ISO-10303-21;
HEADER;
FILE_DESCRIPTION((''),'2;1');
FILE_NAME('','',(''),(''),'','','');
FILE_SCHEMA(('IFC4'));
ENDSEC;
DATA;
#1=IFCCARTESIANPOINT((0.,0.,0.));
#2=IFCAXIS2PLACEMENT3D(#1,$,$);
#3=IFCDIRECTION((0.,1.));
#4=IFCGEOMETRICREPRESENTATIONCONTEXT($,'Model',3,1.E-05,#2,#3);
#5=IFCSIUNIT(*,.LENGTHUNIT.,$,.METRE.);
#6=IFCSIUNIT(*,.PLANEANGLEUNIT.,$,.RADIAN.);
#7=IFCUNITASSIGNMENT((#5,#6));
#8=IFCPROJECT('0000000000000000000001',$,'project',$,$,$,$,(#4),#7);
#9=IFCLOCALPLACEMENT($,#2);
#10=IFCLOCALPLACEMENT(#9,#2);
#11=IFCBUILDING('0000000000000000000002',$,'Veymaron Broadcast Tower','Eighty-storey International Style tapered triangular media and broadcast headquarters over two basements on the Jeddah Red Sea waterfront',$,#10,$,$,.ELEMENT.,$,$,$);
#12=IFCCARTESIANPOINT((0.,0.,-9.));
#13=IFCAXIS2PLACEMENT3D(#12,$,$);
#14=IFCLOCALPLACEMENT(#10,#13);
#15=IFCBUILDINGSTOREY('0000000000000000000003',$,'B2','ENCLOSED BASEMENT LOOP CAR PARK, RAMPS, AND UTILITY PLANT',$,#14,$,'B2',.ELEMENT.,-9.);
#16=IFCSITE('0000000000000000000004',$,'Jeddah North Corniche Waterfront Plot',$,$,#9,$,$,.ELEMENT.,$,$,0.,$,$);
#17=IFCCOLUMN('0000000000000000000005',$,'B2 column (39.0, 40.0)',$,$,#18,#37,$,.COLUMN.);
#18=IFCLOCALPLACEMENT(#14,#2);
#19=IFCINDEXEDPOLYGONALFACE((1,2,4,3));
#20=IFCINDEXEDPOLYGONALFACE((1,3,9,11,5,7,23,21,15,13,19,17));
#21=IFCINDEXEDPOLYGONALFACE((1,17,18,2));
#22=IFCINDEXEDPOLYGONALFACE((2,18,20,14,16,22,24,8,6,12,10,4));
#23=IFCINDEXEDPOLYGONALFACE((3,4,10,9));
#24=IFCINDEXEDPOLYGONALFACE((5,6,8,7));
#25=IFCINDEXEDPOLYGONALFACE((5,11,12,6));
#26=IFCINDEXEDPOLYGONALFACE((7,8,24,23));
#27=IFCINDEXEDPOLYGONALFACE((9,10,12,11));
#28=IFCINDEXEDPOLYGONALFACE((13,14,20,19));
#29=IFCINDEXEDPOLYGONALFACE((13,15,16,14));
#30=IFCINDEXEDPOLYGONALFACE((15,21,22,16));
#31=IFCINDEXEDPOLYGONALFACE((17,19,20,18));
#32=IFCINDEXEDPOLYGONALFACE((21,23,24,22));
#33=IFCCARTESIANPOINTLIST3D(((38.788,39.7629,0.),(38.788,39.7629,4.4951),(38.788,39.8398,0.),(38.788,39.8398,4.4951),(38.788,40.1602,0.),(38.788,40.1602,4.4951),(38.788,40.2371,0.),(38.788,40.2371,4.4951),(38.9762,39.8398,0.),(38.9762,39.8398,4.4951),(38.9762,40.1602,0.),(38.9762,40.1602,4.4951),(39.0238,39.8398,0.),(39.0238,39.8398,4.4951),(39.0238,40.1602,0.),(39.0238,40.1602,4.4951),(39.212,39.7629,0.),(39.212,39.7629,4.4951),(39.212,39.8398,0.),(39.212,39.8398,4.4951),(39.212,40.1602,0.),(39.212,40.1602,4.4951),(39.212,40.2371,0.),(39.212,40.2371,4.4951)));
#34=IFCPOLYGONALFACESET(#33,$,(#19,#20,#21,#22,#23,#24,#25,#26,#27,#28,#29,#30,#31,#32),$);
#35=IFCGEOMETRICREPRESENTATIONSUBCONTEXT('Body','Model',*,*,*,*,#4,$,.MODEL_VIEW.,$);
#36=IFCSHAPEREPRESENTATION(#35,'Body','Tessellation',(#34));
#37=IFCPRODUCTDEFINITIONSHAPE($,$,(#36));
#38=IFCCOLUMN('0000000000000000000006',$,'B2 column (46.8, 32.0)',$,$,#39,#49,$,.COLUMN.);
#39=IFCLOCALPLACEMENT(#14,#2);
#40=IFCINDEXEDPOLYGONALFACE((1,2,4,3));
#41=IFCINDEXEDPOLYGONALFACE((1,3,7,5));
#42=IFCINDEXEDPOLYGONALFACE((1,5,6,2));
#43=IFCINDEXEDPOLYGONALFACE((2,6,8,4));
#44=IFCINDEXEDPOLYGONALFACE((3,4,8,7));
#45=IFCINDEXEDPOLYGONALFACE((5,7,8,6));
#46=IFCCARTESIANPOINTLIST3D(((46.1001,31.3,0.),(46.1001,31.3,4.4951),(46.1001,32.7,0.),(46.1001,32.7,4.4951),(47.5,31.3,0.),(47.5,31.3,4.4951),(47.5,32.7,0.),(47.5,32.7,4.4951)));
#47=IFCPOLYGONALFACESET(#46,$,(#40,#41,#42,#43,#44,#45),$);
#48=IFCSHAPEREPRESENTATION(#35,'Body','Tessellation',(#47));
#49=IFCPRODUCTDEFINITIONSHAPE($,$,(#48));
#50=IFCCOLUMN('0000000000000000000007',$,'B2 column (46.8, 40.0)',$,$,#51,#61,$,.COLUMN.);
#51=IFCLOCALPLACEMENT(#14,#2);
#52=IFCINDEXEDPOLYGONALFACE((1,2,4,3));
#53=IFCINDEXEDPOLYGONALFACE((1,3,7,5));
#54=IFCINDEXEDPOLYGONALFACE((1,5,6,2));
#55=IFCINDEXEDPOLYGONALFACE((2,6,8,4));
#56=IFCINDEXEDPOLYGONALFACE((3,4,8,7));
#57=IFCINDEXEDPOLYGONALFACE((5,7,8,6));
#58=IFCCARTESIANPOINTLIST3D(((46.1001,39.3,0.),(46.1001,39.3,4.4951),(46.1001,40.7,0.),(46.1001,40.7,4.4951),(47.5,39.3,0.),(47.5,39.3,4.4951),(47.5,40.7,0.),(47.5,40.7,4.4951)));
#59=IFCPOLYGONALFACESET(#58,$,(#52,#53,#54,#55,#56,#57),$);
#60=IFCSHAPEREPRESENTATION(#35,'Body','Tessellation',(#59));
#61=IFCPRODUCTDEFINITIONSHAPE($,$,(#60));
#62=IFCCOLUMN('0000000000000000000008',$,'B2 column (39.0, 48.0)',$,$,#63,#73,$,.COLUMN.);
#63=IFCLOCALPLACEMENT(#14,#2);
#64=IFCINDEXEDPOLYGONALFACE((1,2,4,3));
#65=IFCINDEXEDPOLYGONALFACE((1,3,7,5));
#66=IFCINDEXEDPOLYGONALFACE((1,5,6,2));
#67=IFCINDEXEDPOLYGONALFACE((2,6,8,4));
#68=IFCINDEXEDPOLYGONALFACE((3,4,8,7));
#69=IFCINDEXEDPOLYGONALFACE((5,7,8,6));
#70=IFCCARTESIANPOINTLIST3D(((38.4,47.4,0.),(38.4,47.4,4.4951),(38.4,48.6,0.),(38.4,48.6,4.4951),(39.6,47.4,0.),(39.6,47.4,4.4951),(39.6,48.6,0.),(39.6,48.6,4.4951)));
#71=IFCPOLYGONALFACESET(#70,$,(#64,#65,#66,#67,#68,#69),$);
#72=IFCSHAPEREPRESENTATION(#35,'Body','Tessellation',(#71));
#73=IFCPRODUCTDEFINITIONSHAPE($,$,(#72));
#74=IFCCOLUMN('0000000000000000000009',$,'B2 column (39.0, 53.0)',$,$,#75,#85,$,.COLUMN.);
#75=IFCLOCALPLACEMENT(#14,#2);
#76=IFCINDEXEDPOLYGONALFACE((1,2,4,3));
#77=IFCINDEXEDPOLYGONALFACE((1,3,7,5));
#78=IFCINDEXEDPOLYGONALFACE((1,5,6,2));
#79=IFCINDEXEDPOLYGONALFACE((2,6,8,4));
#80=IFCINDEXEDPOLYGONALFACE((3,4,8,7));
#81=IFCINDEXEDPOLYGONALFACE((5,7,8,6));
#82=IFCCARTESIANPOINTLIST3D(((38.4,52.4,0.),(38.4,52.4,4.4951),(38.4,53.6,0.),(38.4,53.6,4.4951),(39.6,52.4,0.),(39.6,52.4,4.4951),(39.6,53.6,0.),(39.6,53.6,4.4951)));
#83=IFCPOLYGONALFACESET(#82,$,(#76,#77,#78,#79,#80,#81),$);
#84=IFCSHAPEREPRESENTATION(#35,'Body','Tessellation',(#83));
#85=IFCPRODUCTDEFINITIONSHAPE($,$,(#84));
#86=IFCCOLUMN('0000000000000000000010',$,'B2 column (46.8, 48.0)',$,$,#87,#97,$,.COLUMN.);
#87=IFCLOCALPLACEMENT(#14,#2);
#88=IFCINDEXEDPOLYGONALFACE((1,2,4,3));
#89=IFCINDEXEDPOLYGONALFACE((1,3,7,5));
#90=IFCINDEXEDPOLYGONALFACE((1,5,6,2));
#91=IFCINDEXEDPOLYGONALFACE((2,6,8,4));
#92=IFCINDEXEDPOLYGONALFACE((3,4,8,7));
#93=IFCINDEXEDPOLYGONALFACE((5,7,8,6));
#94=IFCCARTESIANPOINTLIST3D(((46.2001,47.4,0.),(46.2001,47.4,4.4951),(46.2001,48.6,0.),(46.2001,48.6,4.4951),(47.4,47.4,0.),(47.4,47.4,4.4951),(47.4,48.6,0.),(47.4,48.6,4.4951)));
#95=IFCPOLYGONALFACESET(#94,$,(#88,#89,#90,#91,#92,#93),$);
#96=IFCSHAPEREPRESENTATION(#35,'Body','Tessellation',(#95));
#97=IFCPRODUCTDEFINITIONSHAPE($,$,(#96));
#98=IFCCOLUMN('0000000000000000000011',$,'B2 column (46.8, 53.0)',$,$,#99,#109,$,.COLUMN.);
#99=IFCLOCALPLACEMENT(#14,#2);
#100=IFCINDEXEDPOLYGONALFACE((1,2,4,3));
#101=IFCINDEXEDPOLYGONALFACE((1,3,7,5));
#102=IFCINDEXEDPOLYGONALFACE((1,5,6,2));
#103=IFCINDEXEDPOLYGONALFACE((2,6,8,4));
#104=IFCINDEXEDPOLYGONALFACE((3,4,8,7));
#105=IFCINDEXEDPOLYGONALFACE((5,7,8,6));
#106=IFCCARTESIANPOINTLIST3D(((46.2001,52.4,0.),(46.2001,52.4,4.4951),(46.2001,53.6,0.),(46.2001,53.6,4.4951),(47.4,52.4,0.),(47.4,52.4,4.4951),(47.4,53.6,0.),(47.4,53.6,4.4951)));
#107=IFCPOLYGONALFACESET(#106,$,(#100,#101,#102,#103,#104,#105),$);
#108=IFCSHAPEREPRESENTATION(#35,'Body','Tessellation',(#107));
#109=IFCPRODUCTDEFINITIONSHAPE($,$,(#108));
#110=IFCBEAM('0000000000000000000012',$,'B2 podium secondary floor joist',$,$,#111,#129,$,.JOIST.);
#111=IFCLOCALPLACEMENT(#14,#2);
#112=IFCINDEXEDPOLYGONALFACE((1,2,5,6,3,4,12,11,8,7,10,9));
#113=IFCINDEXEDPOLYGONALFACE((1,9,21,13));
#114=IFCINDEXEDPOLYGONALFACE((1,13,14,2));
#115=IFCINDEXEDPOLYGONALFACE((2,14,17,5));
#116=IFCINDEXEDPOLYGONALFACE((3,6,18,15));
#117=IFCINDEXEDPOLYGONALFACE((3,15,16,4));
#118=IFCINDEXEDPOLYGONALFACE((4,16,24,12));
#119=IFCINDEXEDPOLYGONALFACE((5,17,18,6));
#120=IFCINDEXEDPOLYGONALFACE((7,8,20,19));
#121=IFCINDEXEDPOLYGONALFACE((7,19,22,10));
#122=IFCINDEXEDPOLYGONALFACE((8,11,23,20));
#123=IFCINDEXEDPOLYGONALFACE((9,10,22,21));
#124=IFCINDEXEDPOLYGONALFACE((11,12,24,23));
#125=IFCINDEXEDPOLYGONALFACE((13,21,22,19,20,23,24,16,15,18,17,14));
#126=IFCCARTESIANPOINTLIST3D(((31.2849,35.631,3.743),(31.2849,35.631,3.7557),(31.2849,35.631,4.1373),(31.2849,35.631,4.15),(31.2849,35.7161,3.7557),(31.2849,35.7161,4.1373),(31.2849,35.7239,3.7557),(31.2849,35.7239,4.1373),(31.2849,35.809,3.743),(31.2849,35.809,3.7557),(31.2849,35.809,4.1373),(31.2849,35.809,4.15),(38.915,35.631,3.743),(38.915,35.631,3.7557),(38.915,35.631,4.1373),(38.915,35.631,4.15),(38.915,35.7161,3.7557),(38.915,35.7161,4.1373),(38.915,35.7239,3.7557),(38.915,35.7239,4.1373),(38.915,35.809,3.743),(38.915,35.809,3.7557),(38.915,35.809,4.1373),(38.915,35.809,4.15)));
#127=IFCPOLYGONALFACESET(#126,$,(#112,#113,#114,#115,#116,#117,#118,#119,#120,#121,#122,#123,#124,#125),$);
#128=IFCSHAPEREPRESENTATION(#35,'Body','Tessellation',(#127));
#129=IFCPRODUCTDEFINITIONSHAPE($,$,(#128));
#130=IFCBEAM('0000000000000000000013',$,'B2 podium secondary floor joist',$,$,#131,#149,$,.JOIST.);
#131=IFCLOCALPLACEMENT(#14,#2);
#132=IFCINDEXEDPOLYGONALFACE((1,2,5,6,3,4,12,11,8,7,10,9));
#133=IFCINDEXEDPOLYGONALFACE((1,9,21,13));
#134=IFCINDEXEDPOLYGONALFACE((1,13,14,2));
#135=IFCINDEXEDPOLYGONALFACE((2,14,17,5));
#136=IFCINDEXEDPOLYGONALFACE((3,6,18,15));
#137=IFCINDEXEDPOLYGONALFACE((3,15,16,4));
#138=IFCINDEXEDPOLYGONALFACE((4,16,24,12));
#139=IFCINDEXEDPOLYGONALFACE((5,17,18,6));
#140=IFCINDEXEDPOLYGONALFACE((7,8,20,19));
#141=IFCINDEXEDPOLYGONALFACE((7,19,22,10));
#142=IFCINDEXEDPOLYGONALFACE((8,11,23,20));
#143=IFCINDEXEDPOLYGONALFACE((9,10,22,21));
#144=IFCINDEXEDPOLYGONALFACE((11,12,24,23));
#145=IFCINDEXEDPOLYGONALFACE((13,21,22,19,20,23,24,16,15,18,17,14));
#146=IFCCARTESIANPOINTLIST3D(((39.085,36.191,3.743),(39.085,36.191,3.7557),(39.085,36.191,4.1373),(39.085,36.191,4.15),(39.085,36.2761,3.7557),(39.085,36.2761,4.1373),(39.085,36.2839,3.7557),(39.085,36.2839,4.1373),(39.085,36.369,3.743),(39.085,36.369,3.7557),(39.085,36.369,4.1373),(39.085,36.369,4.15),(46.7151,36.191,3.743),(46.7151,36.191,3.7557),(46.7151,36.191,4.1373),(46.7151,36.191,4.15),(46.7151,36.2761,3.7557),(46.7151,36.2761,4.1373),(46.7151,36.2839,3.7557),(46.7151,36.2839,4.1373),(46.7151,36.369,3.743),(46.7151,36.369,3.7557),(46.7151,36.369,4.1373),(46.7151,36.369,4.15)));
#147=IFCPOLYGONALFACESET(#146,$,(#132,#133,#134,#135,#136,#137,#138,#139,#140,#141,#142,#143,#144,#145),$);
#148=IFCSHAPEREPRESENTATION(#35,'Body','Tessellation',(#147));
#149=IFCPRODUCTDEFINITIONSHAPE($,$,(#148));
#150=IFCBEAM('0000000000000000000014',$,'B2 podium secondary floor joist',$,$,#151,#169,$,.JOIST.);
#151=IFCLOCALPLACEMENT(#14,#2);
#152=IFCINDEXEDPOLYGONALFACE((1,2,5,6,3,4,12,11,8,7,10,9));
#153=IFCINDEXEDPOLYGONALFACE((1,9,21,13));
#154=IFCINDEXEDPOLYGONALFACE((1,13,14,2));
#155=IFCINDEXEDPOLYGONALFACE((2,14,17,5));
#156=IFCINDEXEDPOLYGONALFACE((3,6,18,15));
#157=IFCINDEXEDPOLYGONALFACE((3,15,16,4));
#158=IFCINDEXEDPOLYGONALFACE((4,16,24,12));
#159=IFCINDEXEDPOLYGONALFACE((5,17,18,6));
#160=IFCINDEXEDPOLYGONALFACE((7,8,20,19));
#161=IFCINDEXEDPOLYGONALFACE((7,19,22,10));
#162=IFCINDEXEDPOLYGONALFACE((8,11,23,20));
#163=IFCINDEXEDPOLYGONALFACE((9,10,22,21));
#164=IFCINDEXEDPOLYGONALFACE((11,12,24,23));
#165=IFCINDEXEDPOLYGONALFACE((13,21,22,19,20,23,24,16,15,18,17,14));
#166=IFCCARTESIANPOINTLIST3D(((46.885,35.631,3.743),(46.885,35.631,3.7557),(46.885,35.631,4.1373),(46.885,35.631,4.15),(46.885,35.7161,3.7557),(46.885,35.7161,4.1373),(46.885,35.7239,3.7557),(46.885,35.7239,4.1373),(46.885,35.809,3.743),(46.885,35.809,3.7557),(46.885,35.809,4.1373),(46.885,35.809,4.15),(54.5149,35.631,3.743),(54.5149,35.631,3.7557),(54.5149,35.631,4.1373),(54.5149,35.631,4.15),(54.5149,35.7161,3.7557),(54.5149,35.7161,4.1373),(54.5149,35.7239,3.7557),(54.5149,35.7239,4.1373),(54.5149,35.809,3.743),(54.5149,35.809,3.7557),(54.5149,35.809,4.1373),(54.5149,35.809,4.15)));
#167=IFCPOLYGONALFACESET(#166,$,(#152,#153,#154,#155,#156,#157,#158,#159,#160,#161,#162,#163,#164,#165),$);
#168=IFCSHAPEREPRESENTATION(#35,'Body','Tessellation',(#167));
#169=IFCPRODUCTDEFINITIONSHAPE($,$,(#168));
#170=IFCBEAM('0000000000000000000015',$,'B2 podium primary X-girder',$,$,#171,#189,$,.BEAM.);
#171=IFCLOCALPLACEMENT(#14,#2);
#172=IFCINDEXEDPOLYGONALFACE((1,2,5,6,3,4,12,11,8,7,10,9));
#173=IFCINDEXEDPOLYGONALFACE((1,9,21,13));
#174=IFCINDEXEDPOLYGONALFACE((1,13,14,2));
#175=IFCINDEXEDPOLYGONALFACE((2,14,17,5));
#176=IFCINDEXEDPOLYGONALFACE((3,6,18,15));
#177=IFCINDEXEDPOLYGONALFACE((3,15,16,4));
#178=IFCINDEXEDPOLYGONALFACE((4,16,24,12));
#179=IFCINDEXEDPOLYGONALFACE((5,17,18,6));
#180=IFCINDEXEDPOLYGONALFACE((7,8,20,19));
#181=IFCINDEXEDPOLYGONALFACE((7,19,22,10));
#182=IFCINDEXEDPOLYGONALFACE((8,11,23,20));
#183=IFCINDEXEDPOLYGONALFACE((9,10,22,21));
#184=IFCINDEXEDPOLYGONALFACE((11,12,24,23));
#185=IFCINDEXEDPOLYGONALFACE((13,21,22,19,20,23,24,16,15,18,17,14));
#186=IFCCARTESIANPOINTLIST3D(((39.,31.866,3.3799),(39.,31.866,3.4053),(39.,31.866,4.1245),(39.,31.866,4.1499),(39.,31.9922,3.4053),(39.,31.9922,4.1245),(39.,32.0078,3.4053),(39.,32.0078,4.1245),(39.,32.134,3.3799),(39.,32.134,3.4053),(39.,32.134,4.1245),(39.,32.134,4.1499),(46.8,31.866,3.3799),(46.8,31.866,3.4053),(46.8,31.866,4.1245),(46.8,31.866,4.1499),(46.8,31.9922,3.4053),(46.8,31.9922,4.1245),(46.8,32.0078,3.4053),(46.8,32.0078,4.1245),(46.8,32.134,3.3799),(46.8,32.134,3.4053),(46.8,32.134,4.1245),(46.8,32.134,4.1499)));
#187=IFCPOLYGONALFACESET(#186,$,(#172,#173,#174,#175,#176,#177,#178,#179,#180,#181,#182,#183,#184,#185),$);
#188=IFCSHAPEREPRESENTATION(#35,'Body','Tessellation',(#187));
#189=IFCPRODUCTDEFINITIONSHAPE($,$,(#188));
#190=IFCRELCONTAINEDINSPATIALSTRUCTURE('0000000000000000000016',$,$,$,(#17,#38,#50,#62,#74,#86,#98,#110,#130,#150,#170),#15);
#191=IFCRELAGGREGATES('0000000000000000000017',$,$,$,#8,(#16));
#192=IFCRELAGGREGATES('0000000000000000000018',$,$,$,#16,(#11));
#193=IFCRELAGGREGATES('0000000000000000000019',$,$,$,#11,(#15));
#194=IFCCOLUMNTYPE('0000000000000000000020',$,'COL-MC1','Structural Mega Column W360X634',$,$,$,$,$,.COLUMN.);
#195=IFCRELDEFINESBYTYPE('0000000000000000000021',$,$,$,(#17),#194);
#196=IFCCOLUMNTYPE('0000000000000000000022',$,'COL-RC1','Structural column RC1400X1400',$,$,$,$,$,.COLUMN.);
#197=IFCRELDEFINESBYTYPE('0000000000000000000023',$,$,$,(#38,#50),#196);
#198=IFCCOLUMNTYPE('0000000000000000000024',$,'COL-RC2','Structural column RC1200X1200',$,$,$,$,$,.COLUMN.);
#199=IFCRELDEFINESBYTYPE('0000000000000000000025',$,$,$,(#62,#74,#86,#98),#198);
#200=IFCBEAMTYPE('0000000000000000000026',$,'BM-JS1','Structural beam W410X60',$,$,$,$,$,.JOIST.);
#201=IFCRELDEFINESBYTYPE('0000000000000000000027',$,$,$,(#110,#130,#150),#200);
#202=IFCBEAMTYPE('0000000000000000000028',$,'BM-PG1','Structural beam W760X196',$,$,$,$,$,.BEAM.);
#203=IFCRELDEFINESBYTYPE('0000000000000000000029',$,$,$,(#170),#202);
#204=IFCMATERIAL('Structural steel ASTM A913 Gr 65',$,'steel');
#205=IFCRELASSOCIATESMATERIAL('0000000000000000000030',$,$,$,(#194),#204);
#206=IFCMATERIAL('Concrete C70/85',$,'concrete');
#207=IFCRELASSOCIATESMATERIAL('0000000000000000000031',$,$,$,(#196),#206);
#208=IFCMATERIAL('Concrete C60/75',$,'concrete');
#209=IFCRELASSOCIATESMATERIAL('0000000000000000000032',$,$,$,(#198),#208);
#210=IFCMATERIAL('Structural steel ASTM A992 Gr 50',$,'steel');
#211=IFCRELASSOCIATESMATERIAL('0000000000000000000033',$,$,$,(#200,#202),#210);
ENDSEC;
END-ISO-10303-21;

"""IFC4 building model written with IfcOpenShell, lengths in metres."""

from ifc_helpers import new_model, si_unit, direction, frame, origin, origin_2d, place, context, subcontext, project, spatial, rectangle, i_section, extrude, material, material_profile, profile_set, type_object, element, save


model = new_model("IFC4")

# Units and contexts
model_context = context("Model", 3, precision=1e-05, world=origin(), true_north=direction((0.0, 1.0)))
body_context = subcontext(model_context, "Body", "Model", "MODEL_VIEW")
ifc_project = project(units=[si_unit("LENGTHUNIT", "METRE"), si_unit("PLANEANGLEUNIT", "RADIAN")], contexts=[model_context])

# Site, building, storey
site_placement = place(None, origin())
site = spatial("IfcSite", under=ifc_project, at=site_placement, Name="Jeddah North Corniche Waterfront Plot", CompositionType="ELEMENT", RefElevation=0.0)
building_placement = place(site_placement, origin())
building = spatial("IfcBuilding", under=site, at=building_placement, Name="Veymaron Broadcast Tower", Description="Eighty-storey International Style tapered triangular media and broadcast headquarters over two basements on the Jeddah Red Sea waterfront", CompositionType="ELEMENT")
storey_placement = place(building_placement, frame((0.0, 0.0, -9.0)))
storey = spatial("IfcBuildingStorey", under=building, at=storey_placement, Name="B2", Description="ENCLOSED BASEMENT LOOP CAR PARK, RAMPS, AND UTILITY PLANT", LongName="B2", CompositionType="ELEMENT", Elevation=-9.0)

# Columns
ifc_material_1 = material(Name="Structural steel ASTM A913 Gr 65", Category="steel")
ifc_material_profile_1 = material_profile(ifc_material_1, i_section(OverallWidth=0.4241, OverallDepth=0.4741, WebThickness=0.0476, FlangeThickness=0.0769, at=origin_2d()), Name="W360X634")
ifc_profile_set_1 = profile_set([ifc_material_profile_1], Name="Structural steel ASTM A913 Gr 65")
column_type_1 = type_object("IfcColumnType", Name="COL-MC1", Description="Structural Mega Column W360X634", PredefinedType="COLUMN", material=ifc_profile_set_1)
for number, where, z_axis, x_axis, name in (
    (1, (39.0, 40.0, 0.0), (0.0, 0.0, 1.0), (1.0, 0.0, 0.0), "B2 column (39.0, 40.0)"),
):
    element("IfcColumn", number, at=place(storey_placement, frame(where, z_axis=z_axis, x_axis=x_axis)), inside=storey, type_object=column_type_1, Name=name, PredefinedType="COLUMN", context=body_context, shape_type="SweptSolid", body=[
        extrude(i_section(OverallWidth=0.4241, OverallDepth=0.4741, WebThickness=0.0476, FlangeThickness=0.0769, at=origin_2d()), origin(), (0.0, 0.0, 1.0), 4.4951),
    ])
ifc_material_2 = material(Name="Concrete C70/85", Category="concrete")
ifc_material_profile_2 = material_profile(ifc_material_2, rectangle(XDim=1.3999, YDim=1.3999, at=origin_2d()), Name="RC1400X1400")
ifc_profile_set_2 = profile_set([ifc_material_profile_2], Name="Concrete C70/85")
column_type_2 = type_object("IfcColumnType", Name="COL-RC1", Description="Structural column RC1400X1400", PredefinedType="COLUMN", material=ifc_profile_set_2)
for number, where, z_axis, x_axis, name in (
    (2, (46.8, 32.0, 0.0), (0.0, 0.0, 1.0), (1.0, 0.0, 0.0), "B2 column (46.8, 32.0)"),
    (3, (46.8, 40.0, 0.0), (0.0, 0.0, 1.0), (1.0, 0.0, 0.0), "B2 column (46.8, 40.0)"),
):
    element("IfcColumn", number, at=place(storey_placement, frame(where, z_axis=z_axis, x_axis=x_axis)), inside=storey, type_object=column_type_2, Name=name, PredefinedType="COLUMN", context=body_context, shape_type="SweptSolid", body=[
        extrude(rectangle(XDim=1.3999, YDim=1.3999, at=origin_2d()), origin(), (0.0, 0.0, 1.0), 4.4951),
    ])
ifc_material_3 = material(Name="Concrete C60/75", Category="concrete")
ifc_material_profile_3 = material_profile(ifc_material_3, rectangle(XDim=1.2, YDim=1.2, at=origin_2d()), Name="RC1200X1200")
ifc_profile_set_3 = profile_set([ifc_material_profile_3], Name="Concrete C60/75")
column_type_3 = type_object("IfcColumnType", Name="COL-RC2", Description="Structural column RC1200X1200", PredefinedType="COLUMN", material=ifc_profile_set_3)
for number, where, z_axis, x_axis, name in (
    (4, (39.0, 48.0, 0.0), (0.0, 0.0, 1.0), (1.0, 0.0, 0.0), "B2 column (39.0, 48.0)"),
    (5, (39.0, 53.0, 0.0), (0.0, 0.0, 1.0), (1.0, 0.0, 0.0), "B2 column (39.0, 53.0)"),
    (6, (46.8, 48.0, 0.0), (0.0, 0.0, 1.0), (1.0, 0.0, 0.0), "B2 column (46.8, 48.0)"),
    (7, (46.8, 53.0, 0.0), (0.0, 0.0, 1.0), (1.0, 0.0, 0.0), "B2 column (46.8, 53.0)"),
):
    element("IfcColumn", number, at=place(storey_placement, frame(where, z_axis=z_axis, x_axis=x_axis)), inside=storey, type_object=column_type_3, Name=name, PredefinedType="COLUMN", context=body_context, shape_type="SweptSolid", body=[
        extrude(rectangle(XDim=1.2, YDim=1.2, at=origin_2d()), origin(), (0.0, 0.0, 1.0), 4.4951),
    ])

# Beams
ifc_material_4 = material(Name="Structural steel ASTM A992 Gr 50", Category="steel")
ifc_material_profile_4 = material_profile(ifc_material_4, i_section(OverallWidth=0.178, OverallDepth=0.407, WebThickness=0.0078, FlangeThickness=0.0127, at=origin_2d()), Name="W410X60")
ifc_profile_set_4 = profile_set([ifc_material_profile_4], Name="Structural steel ASTM A992 Gr 50")
beam_type_1 = type_object("IfcBeamType", Name="BM-JS1", Description="Structural beam W410X60", PredefinedType="JOIST", material=ifc_profile_set_4)
for number, where, z_axis, x_axis, name in (
    (8, (31.2849, 35.72, 3.9465), (1.0, 0.0, 0.0), (0.0, 1.0, 0.0), "B2 podium secondary floor joist"),
    (9, (39.085, 36.28, 3.9465), (1.0, 0.0, 0.0), (0.0, 1.0, 0.0), "B2 podium secondary floor joist"),
):
    element("IfcBeam", number, at=place(storey_placement, frame(where, z_axis=z_axis, x_axis=x_axis)), inside=storey, type_object=beam_type_1, Name=name, PredefinedType="JOIST", context=body_context, shape_type="SweptSolid", body=[
        extrude(i_section(OverallWidth=0.178, OverallDepth=0.407, WebThickness=0.0078, FlangeThickness=0.0127, at=origin_2d()), origin(), (0.0, 0.0, 1.0), 7.6301),
    ])
beam_1_placement = place(storey_placement, frame((46.885, 35.72, 3.9465), z_axis=(1.0, 0.0, 0.0), x_axis=(0.0, 1.0, 0.0)))
element("IfcBeam", 10, at=beam_1_placement, inside=storey, type_object=beam_type_1, Name="B2 podium secondary floor joist", PredefinedType="JOIST", context=body_context, shape_type="SweptSolid", body=[
    extrude(i_section(OverallWidth=0.178, OverallDepth=0.407, WebThickness=0.0078, FlangeThickness=0.0127, at=origin_2d()), origin(), (0.0, 0.0, 1.0), 7.6299),
])
ifc_material_profile_5 = material_profile(ifc_material_4, i_section(OverallWidth=0.2681, OverallDepth=0.77, WebThickness=0.0156, FlangeThickness=0.0254, at=origin_2d()), Name="W760X196")
ifc_profile_set_5 = profile_set([ifc_material_profile_5], Name="Structural steel ASTM A992 Gr 50")
beam_type_2 = type_object("IfcBeamType", Name="BM-PG1", Description="Structural beam W760X196", PredefinedType="BEAM", material=ifc_profile_set_5)
for number, where, z_axis, x_axis, name in (
    (11, (39.0, 32.0, 3.7649), (1.0, 0.0, 0.0), (0.0, 1.0, 0.0), "B2 podium primary X-girder"),
):
    element("IfcBeam", number, at=place(storey_placement, frame(where, z_axis=z_axis, x_axis=x_axis)), inside=storey, type_object=beam_type_2, Name=name, PredefinedType="BEAM", context=body_context, shape_type="SweptSolid", body=[
        extrude(i_section(OverallWidth=0.2681, OverallDepth=0.77, WebThickness=0.0156, FlangeThickness=0.0254, at=origin_2d()), origin(), (0.0, 0.0, 1.0), 7.8),
    ])

save(model, "model.ifc")
